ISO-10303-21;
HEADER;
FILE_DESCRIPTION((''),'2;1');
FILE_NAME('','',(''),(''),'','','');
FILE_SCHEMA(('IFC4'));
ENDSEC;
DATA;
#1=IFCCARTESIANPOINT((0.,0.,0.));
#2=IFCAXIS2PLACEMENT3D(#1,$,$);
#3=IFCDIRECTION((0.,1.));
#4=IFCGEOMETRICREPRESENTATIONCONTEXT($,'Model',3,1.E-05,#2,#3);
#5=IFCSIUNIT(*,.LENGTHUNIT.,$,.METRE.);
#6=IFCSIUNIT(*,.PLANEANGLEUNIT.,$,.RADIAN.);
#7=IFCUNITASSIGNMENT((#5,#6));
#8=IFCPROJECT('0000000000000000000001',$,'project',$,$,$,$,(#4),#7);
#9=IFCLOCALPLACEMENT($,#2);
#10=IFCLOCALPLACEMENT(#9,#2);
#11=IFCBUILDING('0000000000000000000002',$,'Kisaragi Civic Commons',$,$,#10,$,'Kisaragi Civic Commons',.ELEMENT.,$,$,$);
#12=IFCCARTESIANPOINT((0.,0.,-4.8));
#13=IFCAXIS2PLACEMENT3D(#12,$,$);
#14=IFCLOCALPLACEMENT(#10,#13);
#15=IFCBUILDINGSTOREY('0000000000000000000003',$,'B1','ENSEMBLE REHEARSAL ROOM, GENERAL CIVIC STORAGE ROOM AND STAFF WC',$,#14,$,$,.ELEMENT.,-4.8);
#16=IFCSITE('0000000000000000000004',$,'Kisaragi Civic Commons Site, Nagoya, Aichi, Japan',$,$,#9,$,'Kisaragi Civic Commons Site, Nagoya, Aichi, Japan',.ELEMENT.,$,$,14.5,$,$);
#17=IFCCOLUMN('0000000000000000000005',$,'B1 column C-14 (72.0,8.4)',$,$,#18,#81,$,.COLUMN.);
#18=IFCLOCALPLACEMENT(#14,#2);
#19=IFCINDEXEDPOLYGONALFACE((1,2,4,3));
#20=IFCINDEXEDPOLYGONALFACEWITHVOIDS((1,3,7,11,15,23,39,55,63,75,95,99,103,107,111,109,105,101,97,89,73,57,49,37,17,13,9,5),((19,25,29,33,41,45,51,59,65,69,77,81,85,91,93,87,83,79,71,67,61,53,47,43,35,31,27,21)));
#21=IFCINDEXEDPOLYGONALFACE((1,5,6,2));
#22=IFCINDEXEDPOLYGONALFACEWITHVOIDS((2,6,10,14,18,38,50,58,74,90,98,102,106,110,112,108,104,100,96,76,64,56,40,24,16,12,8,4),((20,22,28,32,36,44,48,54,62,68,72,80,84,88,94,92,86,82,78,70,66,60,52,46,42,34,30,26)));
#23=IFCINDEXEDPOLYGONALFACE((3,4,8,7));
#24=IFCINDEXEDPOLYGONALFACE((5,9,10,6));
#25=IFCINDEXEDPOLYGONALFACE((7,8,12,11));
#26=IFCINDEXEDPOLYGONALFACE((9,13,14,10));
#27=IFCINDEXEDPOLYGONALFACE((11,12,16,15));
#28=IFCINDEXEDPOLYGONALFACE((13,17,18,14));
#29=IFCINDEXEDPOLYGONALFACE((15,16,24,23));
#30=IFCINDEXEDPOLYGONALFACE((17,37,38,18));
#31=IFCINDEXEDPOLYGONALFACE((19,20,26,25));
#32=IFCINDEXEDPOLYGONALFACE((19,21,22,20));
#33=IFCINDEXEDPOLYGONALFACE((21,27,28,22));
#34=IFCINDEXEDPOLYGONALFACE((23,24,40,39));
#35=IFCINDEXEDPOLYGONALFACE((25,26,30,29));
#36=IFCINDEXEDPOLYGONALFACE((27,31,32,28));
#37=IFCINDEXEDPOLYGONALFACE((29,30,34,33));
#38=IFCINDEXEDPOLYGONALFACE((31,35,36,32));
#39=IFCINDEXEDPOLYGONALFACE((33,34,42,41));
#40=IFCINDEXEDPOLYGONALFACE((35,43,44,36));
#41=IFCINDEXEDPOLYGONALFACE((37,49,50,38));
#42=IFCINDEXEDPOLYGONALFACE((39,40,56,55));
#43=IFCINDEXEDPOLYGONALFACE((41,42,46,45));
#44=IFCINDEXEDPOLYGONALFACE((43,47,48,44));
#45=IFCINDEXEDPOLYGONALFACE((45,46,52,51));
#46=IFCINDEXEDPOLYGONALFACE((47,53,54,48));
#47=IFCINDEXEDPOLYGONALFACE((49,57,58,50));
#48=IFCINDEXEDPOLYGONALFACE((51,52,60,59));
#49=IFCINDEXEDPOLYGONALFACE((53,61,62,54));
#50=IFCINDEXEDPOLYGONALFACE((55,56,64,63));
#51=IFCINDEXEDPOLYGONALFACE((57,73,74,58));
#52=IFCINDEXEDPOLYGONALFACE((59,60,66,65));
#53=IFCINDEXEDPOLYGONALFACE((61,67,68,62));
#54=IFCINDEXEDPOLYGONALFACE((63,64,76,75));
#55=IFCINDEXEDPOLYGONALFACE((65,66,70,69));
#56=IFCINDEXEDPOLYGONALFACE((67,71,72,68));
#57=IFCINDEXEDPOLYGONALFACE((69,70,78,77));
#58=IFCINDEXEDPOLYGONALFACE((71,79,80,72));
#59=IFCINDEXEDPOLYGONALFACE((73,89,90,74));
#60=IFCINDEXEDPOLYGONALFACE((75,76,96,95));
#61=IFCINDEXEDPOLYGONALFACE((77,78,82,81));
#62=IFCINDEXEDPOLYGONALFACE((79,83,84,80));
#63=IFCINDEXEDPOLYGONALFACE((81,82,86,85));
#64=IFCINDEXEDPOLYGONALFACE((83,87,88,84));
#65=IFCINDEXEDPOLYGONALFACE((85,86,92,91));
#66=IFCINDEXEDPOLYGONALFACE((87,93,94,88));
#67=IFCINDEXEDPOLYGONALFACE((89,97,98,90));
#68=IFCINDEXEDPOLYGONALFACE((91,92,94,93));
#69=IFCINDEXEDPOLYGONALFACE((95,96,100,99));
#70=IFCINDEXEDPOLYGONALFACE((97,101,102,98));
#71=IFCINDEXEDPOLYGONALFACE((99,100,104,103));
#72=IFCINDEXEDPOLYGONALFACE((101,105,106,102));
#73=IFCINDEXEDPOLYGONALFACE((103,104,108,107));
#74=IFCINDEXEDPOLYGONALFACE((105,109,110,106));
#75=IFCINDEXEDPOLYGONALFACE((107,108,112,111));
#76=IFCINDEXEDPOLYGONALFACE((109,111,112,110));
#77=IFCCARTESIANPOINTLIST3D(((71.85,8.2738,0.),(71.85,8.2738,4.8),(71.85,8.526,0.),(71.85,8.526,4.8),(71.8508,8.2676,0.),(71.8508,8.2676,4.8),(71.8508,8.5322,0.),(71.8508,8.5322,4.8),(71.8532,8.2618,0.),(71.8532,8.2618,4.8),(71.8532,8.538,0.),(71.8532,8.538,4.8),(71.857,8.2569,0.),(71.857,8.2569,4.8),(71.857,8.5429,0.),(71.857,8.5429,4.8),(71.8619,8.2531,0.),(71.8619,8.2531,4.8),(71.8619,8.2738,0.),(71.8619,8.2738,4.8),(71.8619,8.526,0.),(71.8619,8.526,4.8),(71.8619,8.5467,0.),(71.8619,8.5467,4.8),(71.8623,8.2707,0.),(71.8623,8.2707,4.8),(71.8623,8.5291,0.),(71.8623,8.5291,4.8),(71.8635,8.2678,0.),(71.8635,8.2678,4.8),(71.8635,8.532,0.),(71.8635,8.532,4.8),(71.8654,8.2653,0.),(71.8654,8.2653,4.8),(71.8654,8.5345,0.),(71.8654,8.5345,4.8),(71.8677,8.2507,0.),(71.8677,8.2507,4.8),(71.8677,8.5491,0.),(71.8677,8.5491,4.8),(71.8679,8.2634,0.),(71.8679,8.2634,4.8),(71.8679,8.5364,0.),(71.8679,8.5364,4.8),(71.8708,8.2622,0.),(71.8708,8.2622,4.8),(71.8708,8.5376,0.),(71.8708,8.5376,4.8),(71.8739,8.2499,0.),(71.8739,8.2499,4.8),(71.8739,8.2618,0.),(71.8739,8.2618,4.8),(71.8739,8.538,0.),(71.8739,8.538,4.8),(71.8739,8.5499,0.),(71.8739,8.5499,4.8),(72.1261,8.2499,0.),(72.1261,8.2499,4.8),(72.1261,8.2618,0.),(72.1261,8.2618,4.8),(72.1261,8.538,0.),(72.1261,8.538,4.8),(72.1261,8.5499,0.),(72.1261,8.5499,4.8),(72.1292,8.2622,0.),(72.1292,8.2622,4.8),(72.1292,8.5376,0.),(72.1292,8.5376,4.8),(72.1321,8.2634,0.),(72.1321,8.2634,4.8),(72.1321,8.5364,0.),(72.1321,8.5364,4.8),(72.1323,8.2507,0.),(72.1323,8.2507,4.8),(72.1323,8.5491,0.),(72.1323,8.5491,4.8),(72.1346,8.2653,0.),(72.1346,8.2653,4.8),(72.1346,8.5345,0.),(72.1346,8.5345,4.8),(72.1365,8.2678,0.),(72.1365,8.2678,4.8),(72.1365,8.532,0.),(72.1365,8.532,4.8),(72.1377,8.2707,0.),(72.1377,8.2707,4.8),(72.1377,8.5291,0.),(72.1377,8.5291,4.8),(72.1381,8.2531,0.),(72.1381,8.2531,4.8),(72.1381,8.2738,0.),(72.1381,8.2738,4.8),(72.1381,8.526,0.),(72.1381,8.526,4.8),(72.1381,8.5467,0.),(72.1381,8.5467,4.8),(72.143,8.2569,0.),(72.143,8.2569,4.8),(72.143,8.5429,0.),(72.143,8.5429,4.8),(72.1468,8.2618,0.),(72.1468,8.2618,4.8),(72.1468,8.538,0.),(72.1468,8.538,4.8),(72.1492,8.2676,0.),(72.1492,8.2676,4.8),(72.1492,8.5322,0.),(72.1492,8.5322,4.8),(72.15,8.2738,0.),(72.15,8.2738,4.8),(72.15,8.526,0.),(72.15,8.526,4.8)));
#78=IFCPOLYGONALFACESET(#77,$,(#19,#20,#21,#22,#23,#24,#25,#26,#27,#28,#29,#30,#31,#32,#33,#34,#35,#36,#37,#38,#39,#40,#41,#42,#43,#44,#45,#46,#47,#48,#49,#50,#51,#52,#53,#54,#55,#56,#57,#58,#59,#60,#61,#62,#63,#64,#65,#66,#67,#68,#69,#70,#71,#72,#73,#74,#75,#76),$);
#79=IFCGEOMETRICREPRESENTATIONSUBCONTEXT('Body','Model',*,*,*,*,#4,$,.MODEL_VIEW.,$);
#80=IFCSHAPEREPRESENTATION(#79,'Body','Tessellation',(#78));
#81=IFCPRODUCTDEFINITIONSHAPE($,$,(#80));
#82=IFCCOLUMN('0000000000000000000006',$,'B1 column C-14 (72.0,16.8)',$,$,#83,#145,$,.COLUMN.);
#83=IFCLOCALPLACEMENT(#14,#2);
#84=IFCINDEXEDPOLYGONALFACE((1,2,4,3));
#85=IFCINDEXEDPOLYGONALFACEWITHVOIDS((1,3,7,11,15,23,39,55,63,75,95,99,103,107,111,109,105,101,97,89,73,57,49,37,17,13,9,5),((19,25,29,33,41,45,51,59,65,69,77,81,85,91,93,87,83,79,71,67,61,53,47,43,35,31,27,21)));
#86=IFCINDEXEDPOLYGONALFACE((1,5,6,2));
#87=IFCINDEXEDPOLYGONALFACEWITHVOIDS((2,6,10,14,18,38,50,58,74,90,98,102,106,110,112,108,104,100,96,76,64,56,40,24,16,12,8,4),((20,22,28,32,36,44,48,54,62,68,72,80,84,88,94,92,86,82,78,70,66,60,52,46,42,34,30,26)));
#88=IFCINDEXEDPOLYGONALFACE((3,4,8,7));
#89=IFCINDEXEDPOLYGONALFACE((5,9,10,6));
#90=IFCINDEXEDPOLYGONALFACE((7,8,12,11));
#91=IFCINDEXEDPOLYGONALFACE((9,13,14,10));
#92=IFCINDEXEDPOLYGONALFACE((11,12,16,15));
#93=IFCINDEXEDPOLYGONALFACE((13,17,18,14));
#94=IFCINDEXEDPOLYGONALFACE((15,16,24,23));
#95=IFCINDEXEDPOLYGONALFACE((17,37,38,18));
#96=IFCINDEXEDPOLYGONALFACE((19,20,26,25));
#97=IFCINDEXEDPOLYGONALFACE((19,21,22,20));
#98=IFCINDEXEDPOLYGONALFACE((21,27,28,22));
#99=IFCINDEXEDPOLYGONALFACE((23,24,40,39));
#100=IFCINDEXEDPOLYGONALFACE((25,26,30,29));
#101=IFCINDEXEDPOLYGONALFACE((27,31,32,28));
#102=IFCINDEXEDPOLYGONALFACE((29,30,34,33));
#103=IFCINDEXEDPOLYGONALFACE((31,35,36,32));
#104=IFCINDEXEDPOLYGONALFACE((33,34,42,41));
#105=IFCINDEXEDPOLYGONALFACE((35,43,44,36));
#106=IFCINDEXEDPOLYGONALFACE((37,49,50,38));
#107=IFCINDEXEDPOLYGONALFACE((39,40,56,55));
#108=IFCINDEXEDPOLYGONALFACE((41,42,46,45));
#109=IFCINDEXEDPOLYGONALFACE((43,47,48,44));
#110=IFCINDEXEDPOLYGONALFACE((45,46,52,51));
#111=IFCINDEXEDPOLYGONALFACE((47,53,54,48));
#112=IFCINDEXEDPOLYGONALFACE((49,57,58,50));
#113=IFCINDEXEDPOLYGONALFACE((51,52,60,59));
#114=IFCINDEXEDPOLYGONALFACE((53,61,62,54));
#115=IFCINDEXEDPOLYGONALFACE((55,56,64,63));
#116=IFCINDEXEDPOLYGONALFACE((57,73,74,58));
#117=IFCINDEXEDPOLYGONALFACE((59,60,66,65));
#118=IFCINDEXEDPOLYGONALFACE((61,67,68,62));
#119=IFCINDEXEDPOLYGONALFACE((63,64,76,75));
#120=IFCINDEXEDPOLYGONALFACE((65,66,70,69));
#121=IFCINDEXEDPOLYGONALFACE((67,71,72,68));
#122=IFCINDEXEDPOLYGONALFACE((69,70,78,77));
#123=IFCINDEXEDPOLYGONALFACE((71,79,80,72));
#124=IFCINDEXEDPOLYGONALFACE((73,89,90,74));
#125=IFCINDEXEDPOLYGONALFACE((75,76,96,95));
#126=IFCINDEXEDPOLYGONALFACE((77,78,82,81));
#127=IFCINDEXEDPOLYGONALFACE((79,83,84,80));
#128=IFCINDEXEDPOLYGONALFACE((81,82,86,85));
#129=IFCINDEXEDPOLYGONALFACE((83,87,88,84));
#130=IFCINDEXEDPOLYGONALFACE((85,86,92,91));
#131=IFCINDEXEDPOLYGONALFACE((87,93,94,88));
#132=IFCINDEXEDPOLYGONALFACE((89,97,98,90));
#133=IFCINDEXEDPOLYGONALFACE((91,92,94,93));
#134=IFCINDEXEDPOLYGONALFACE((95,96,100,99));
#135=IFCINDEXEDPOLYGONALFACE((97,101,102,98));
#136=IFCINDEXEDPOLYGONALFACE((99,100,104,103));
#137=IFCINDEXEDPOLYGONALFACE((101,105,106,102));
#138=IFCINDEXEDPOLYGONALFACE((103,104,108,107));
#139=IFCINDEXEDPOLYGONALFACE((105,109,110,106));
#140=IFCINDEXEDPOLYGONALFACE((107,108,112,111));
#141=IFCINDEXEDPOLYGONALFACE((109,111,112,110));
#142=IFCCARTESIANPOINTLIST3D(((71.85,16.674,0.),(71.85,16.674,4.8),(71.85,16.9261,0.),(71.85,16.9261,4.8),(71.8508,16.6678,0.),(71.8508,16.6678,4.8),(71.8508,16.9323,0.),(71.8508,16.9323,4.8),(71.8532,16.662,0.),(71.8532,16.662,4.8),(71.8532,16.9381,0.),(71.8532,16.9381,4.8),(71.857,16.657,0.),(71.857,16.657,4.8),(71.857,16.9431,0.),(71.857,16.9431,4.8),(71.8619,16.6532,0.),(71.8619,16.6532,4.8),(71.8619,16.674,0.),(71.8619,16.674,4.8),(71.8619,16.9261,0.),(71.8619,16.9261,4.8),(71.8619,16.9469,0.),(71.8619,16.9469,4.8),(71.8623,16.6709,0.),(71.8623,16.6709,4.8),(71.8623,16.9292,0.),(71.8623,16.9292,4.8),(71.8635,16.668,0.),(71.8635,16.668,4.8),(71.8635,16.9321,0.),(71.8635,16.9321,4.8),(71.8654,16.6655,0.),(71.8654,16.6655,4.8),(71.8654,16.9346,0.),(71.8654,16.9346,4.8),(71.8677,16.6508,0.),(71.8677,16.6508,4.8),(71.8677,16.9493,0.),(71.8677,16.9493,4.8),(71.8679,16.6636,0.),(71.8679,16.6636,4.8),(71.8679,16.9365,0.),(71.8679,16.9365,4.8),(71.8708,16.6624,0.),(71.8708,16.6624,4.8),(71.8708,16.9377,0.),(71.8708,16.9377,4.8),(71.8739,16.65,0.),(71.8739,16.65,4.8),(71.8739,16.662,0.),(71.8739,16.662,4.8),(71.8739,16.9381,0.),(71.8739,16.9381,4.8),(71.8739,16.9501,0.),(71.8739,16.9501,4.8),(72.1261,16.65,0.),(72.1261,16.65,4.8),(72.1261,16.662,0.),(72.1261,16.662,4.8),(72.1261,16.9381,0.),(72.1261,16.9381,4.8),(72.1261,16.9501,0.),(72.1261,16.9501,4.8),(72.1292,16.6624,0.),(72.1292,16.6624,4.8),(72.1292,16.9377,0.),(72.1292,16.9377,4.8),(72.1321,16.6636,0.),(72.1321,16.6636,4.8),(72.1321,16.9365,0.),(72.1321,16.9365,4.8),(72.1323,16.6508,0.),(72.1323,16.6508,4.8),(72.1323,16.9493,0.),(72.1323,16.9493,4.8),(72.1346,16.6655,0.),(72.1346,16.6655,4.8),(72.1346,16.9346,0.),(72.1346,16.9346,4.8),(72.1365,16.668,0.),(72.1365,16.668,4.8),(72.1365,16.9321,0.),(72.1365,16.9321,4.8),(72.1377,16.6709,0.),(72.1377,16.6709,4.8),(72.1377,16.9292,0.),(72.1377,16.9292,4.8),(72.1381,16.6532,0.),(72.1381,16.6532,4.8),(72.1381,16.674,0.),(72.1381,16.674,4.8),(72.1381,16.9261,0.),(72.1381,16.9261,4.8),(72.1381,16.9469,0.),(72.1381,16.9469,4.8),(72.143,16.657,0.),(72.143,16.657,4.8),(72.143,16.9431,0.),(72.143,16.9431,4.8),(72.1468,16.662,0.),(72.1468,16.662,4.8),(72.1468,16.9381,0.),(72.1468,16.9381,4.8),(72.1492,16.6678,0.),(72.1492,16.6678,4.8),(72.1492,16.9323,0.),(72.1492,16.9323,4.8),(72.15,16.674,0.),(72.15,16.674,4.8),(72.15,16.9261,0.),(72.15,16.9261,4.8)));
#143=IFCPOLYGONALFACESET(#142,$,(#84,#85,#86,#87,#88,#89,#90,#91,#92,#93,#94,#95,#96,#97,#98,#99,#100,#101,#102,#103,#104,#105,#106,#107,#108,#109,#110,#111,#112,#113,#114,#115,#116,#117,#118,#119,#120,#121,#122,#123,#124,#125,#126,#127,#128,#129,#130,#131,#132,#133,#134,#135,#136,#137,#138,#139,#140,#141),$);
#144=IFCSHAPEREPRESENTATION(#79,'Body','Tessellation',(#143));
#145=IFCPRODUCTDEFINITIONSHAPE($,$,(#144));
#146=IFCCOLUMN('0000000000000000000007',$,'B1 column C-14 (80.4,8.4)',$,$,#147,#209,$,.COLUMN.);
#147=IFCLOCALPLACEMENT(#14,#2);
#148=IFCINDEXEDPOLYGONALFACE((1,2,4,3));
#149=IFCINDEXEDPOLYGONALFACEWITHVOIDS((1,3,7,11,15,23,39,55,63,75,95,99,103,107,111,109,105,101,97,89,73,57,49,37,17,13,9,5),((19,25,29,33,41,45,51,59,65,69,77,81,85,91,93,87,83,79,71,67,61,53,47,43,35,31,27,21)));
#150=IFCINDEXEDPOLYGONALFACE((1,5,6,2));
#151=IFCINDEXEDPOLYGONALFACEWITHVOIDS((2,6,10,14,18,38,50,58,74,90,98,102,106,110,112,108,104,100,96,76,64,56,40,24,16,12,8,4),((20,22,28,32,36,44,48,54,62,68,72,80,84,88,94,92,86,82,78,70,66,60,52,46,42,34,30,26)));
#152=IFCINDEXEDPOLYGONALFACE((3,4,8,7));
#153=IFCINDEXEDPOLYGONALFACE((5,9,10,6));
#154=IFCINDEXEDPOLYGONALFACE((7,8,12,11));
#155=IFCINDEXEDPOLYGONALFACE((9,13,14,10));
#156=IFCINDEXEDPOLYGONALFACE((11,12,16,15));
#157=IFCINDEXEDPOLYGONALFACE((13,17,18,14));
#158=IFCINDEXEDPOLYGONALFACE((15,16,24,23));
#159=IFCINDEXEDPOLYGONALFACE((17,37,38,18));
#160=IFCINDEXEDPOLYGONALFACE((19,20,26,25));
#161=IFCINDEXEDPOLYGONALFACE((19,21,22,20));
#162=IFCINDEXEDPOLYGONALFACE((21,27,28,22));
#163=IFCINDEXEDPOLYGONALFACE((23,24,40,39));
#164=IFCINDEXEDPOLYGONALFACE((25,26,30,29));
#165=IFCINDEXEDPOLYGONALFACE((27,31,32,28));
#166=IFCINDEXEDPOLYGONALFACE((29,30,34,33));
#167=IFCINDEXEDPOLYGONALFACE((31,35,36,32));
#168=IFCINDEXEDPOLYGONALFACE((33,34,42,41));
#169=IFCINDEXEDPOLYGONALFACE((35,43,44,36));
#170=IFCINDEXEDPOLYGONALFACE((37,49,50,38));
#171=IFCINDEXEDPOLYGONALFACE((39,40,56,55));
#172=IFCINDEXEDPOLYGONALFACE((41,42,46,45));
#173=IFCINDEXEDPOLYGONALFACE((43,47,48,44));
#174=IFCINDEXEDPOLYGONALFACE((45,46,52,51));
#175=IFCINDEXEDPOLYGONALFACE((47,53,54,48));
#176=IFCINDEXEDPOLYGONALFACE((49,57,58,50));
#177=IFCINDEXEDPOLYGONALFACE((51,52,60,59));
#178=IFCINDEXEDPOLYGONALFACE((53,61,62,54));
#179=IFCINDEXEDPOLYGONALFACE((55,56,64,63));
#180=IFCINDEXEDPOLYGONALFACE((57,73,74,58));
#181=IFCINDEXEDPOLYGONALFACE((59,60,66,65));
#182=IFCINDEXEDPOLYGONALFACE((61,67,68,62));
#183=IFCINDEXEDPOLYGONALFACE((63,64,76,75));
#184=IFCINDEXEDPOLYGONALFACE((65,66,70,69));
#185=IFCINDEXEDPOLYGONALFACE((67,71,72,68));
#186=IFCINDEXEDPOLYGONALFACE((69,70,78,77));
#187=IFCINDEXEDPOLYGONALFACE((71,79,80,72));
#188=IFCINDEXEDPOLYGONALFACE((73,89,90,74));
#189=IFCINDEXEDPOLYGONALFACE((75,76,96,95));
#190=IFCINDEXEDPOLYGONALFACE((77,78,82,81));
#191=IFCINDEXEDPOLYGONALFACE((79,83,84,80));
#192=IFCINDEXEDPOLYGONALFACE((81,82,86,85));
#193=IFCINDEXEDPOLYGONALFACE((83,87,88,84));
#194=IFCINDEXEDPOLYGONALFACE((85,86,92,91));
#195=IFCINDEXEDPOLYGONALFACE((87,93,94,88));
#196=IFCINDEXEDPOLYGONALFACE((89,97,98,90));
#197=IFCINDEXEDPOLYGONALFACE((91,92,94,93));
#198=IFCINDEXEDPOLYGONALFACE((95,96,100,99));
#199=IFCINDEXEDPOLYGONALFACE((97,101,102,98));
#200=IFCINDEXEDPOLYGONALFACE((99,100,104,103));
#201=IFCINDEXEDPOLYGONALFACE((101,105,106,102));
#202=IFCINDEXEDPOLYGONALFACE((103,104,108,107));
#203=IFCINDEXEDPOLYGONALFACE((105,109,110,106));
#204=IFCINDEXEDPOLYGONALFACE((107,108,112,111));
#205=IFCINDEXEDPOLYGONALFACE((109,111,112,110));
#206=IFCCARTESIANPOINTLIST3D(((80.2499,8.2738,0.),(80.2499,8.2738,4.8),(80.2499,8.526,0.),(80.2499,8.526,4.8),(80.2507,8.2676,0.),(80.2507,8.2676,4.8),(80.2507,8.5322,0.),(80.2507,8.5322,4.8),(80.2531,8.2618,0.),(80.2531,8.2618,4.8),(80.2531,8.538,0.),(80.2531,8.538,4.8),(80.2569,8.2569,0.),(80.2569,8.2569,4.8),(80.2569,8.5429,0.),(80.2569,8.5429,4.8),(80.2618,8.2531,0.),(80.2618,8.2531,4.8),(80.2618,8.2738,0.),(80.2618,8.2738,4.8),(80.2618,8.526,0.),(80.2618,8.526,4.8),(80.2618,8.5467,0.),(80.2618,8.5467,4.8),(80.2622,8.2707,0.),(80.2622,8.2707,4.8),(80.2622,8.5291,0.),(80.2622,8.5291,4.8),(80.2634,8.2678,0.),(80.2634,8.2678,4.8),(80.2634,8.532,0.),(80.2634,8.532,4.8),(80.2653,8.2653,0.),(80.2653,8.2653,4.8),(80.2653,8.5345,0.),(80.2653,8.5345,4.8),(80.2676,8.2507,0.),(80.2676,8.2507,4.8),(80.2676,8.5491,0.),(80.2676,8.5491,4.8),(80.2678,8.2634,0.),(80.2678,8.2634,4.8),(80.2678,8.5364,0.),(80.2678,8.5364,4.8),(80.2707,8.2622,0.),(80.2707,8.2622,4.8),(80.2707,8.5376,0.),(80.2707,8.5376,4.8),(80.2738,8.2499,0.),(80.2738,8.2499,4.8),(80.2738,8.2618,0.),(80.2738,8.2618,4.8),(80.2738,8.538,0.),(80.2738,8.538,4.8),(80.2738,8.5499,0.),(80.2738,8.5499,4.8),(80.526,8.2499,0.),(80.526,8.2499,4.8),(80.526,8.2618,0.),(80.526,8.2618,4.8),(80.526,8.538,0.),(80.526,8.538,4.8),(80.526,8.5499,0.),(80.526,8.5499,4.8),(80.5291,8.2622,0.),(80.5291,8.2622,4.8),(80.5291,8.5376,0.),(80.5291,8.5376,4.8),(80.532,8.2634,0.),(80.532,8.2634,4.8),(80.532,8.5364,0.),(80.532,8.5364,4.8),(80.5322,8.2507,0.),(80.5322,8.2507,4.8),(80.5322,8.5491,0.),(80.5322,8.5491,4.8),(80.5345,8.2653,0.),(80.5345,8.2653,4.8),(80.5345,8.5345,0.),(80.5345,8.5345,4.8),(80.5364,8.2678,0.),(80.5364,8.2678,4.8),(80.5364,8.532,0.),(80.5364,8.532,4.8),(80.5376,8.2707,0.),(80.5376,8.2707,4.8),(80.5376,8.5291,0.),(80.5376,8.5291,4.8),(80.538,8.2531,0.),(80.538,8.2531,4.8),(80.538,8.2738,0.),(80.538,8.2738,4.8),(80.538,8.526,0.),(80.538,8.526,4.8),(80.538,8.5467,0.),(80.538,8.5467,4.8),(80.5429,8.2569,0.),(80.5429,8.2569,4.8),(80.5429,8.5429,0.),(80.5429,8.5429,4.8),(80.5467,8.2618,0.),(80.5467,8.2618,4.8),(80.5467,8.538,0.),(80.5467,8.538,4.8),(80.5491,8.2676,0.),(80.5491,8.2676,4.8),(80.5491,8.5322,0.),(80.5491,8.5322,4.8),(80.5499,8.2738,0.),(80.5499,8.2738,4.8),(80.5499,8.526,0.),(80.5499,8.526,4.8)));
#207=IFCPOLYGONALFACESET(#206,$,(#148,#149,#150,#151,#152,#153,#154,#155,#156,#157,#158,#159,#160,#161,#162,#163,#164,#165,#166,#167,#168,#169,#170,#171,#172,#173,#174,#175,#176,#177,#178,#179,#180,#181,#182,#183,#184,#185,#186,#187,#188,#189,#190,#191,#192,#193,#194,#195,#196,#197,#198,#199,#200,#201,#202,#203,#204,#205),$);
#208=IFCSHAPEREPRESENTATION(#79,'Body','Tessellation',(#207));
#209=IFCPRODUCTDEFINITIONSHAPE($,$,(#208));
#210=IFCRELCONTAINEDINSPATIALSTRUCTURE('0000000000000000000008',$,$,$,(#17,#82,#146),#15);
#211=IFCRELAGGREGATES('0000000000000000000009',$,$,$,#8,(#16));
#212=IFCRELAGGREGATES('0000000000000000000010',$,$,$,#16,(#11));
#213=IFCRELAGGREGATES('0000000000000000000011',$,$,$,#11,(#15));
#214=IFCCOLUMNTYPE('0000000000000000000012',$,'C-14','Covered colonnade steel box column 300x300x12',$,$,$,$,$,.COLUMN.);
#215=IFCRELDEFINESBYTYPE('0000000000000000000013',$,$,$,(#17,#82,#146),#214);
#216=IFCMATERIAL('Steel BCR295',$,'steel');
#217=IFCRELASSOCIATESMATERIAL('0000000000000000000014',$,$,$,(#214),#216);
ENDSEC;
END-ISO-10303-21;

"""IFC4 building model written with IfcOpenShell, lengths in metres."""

from ifc_helpers import new_model, si_unit, direction, frame, origin, origin_2d, place, context, subcontext, project, spatial, hollow_rectangle, extrude, material, material_profile, profile_set, type_object, element, save


model = new_model("IFC4")

# Units and contexts
model_context = context("Model", 3, precision=1e-05, world=origin(), true_north=direction((0.0, 1.0)))
body_context = subcontext(model_context, "Body", "Model", "MODEL_VIEW")
ifc_project = project(units=[si_unit("LENGTHUNIT", "METRE"), si_unit("PLANEANGLEUNIT", "RADIAN")], contexts=[model_context])

# Site, building, storey
site_placement = place(None, origin())
site = spatial("IfcSite", under=ifc_project, at=site_placement, Name="Kisaragi Civic Commons Site, Nagoya, Aichi, Japan", LongName="Kisaragi Civic Commons Site, Nagoya, Aichi, Japan", CompositionType="ELEMENT", RefElevation=14.5)
building_placement = place(site_placement, origin())
building = spatial("IfcBuilding", under=site, at=building_placement, Name="Kisaragi Civic Commons", LongName="Kisaragi Civic Commons", CompositionType="ELEMENT")
storey_placement = place(building_placement, frame((0.0, 0.0, -4.8)))
storey = spatial("IfcBuildingStorey", under=building, at=storey_placement, Name="B1", Description="ENSEMBLE REHEARSAL ROOM, GENERAL CIVIC STORAGE ROOM AND STAFF WC", CompositionType="ELEMENT", Elevation=-4.8)

# Columns
ifc_material_1 = material(Name="Steel BCR295", Category="steel")
ifc_material_profile_1 = material_profile(ifc_material_1, hollow_rectangle(XDim=0.3, YDim=0.3, WallThickness=0.012, InnerFilletRadius=0.012, OuterFilletRadius=0.0239, at=origin_2d()), Name="BCR-300x300x12", Category="steel")
ifc_profile_set_1 = profile_set([ifc_material_profile_1], Name="Steel BCR295")
column_type_1 = type_object("IfcColumnType", Name="C-14", Description="Covered colonnade steel box column 300x300x12", PredefinedType="COLUMN", material=ifc_profile_set_1)
for number, where, z_axis, x_axis, name in (
    (1, (72.0, 8.3999, 0.0), (0.0, 0.0, 1.0), (1.0, 0.0, 0.0), "B1 column C-14 (72.0,8.4)"),
    (2, (72.0, 16.8, 0.0), (0.0, 0.0, 1.0), (1.0, 0.0, 0.0), "B1 column C-14 (72.0,16.8)"),
    (3, (80.3999, 8.3999, 0.0), (0.0, 0.0, 1.0), (1.0, 0.0, 0.0), "B1 column C-14 (80.4,8.4)"),
):
    element("IfcColumn", number, at=place(storey_placement, frame(where, z_axis=z_axis, x_axis=x_axis)), inside=storey, type_object=column_type_1, Name=name, PredefinedType="COLUMN", context=body_context, shape_type="SweptSolid", body=[
        extrude(hollow_rectangle(XDim=0.3, YDim=0.3, WallThickness=0.012, InnerFilletRadius=0.012, OuterFilletRadius=0.0239, at=origin_2d()), origin(), (0.0, 0.0, 1.0), 4.8),
    ])

save(model, "model.ifc")
